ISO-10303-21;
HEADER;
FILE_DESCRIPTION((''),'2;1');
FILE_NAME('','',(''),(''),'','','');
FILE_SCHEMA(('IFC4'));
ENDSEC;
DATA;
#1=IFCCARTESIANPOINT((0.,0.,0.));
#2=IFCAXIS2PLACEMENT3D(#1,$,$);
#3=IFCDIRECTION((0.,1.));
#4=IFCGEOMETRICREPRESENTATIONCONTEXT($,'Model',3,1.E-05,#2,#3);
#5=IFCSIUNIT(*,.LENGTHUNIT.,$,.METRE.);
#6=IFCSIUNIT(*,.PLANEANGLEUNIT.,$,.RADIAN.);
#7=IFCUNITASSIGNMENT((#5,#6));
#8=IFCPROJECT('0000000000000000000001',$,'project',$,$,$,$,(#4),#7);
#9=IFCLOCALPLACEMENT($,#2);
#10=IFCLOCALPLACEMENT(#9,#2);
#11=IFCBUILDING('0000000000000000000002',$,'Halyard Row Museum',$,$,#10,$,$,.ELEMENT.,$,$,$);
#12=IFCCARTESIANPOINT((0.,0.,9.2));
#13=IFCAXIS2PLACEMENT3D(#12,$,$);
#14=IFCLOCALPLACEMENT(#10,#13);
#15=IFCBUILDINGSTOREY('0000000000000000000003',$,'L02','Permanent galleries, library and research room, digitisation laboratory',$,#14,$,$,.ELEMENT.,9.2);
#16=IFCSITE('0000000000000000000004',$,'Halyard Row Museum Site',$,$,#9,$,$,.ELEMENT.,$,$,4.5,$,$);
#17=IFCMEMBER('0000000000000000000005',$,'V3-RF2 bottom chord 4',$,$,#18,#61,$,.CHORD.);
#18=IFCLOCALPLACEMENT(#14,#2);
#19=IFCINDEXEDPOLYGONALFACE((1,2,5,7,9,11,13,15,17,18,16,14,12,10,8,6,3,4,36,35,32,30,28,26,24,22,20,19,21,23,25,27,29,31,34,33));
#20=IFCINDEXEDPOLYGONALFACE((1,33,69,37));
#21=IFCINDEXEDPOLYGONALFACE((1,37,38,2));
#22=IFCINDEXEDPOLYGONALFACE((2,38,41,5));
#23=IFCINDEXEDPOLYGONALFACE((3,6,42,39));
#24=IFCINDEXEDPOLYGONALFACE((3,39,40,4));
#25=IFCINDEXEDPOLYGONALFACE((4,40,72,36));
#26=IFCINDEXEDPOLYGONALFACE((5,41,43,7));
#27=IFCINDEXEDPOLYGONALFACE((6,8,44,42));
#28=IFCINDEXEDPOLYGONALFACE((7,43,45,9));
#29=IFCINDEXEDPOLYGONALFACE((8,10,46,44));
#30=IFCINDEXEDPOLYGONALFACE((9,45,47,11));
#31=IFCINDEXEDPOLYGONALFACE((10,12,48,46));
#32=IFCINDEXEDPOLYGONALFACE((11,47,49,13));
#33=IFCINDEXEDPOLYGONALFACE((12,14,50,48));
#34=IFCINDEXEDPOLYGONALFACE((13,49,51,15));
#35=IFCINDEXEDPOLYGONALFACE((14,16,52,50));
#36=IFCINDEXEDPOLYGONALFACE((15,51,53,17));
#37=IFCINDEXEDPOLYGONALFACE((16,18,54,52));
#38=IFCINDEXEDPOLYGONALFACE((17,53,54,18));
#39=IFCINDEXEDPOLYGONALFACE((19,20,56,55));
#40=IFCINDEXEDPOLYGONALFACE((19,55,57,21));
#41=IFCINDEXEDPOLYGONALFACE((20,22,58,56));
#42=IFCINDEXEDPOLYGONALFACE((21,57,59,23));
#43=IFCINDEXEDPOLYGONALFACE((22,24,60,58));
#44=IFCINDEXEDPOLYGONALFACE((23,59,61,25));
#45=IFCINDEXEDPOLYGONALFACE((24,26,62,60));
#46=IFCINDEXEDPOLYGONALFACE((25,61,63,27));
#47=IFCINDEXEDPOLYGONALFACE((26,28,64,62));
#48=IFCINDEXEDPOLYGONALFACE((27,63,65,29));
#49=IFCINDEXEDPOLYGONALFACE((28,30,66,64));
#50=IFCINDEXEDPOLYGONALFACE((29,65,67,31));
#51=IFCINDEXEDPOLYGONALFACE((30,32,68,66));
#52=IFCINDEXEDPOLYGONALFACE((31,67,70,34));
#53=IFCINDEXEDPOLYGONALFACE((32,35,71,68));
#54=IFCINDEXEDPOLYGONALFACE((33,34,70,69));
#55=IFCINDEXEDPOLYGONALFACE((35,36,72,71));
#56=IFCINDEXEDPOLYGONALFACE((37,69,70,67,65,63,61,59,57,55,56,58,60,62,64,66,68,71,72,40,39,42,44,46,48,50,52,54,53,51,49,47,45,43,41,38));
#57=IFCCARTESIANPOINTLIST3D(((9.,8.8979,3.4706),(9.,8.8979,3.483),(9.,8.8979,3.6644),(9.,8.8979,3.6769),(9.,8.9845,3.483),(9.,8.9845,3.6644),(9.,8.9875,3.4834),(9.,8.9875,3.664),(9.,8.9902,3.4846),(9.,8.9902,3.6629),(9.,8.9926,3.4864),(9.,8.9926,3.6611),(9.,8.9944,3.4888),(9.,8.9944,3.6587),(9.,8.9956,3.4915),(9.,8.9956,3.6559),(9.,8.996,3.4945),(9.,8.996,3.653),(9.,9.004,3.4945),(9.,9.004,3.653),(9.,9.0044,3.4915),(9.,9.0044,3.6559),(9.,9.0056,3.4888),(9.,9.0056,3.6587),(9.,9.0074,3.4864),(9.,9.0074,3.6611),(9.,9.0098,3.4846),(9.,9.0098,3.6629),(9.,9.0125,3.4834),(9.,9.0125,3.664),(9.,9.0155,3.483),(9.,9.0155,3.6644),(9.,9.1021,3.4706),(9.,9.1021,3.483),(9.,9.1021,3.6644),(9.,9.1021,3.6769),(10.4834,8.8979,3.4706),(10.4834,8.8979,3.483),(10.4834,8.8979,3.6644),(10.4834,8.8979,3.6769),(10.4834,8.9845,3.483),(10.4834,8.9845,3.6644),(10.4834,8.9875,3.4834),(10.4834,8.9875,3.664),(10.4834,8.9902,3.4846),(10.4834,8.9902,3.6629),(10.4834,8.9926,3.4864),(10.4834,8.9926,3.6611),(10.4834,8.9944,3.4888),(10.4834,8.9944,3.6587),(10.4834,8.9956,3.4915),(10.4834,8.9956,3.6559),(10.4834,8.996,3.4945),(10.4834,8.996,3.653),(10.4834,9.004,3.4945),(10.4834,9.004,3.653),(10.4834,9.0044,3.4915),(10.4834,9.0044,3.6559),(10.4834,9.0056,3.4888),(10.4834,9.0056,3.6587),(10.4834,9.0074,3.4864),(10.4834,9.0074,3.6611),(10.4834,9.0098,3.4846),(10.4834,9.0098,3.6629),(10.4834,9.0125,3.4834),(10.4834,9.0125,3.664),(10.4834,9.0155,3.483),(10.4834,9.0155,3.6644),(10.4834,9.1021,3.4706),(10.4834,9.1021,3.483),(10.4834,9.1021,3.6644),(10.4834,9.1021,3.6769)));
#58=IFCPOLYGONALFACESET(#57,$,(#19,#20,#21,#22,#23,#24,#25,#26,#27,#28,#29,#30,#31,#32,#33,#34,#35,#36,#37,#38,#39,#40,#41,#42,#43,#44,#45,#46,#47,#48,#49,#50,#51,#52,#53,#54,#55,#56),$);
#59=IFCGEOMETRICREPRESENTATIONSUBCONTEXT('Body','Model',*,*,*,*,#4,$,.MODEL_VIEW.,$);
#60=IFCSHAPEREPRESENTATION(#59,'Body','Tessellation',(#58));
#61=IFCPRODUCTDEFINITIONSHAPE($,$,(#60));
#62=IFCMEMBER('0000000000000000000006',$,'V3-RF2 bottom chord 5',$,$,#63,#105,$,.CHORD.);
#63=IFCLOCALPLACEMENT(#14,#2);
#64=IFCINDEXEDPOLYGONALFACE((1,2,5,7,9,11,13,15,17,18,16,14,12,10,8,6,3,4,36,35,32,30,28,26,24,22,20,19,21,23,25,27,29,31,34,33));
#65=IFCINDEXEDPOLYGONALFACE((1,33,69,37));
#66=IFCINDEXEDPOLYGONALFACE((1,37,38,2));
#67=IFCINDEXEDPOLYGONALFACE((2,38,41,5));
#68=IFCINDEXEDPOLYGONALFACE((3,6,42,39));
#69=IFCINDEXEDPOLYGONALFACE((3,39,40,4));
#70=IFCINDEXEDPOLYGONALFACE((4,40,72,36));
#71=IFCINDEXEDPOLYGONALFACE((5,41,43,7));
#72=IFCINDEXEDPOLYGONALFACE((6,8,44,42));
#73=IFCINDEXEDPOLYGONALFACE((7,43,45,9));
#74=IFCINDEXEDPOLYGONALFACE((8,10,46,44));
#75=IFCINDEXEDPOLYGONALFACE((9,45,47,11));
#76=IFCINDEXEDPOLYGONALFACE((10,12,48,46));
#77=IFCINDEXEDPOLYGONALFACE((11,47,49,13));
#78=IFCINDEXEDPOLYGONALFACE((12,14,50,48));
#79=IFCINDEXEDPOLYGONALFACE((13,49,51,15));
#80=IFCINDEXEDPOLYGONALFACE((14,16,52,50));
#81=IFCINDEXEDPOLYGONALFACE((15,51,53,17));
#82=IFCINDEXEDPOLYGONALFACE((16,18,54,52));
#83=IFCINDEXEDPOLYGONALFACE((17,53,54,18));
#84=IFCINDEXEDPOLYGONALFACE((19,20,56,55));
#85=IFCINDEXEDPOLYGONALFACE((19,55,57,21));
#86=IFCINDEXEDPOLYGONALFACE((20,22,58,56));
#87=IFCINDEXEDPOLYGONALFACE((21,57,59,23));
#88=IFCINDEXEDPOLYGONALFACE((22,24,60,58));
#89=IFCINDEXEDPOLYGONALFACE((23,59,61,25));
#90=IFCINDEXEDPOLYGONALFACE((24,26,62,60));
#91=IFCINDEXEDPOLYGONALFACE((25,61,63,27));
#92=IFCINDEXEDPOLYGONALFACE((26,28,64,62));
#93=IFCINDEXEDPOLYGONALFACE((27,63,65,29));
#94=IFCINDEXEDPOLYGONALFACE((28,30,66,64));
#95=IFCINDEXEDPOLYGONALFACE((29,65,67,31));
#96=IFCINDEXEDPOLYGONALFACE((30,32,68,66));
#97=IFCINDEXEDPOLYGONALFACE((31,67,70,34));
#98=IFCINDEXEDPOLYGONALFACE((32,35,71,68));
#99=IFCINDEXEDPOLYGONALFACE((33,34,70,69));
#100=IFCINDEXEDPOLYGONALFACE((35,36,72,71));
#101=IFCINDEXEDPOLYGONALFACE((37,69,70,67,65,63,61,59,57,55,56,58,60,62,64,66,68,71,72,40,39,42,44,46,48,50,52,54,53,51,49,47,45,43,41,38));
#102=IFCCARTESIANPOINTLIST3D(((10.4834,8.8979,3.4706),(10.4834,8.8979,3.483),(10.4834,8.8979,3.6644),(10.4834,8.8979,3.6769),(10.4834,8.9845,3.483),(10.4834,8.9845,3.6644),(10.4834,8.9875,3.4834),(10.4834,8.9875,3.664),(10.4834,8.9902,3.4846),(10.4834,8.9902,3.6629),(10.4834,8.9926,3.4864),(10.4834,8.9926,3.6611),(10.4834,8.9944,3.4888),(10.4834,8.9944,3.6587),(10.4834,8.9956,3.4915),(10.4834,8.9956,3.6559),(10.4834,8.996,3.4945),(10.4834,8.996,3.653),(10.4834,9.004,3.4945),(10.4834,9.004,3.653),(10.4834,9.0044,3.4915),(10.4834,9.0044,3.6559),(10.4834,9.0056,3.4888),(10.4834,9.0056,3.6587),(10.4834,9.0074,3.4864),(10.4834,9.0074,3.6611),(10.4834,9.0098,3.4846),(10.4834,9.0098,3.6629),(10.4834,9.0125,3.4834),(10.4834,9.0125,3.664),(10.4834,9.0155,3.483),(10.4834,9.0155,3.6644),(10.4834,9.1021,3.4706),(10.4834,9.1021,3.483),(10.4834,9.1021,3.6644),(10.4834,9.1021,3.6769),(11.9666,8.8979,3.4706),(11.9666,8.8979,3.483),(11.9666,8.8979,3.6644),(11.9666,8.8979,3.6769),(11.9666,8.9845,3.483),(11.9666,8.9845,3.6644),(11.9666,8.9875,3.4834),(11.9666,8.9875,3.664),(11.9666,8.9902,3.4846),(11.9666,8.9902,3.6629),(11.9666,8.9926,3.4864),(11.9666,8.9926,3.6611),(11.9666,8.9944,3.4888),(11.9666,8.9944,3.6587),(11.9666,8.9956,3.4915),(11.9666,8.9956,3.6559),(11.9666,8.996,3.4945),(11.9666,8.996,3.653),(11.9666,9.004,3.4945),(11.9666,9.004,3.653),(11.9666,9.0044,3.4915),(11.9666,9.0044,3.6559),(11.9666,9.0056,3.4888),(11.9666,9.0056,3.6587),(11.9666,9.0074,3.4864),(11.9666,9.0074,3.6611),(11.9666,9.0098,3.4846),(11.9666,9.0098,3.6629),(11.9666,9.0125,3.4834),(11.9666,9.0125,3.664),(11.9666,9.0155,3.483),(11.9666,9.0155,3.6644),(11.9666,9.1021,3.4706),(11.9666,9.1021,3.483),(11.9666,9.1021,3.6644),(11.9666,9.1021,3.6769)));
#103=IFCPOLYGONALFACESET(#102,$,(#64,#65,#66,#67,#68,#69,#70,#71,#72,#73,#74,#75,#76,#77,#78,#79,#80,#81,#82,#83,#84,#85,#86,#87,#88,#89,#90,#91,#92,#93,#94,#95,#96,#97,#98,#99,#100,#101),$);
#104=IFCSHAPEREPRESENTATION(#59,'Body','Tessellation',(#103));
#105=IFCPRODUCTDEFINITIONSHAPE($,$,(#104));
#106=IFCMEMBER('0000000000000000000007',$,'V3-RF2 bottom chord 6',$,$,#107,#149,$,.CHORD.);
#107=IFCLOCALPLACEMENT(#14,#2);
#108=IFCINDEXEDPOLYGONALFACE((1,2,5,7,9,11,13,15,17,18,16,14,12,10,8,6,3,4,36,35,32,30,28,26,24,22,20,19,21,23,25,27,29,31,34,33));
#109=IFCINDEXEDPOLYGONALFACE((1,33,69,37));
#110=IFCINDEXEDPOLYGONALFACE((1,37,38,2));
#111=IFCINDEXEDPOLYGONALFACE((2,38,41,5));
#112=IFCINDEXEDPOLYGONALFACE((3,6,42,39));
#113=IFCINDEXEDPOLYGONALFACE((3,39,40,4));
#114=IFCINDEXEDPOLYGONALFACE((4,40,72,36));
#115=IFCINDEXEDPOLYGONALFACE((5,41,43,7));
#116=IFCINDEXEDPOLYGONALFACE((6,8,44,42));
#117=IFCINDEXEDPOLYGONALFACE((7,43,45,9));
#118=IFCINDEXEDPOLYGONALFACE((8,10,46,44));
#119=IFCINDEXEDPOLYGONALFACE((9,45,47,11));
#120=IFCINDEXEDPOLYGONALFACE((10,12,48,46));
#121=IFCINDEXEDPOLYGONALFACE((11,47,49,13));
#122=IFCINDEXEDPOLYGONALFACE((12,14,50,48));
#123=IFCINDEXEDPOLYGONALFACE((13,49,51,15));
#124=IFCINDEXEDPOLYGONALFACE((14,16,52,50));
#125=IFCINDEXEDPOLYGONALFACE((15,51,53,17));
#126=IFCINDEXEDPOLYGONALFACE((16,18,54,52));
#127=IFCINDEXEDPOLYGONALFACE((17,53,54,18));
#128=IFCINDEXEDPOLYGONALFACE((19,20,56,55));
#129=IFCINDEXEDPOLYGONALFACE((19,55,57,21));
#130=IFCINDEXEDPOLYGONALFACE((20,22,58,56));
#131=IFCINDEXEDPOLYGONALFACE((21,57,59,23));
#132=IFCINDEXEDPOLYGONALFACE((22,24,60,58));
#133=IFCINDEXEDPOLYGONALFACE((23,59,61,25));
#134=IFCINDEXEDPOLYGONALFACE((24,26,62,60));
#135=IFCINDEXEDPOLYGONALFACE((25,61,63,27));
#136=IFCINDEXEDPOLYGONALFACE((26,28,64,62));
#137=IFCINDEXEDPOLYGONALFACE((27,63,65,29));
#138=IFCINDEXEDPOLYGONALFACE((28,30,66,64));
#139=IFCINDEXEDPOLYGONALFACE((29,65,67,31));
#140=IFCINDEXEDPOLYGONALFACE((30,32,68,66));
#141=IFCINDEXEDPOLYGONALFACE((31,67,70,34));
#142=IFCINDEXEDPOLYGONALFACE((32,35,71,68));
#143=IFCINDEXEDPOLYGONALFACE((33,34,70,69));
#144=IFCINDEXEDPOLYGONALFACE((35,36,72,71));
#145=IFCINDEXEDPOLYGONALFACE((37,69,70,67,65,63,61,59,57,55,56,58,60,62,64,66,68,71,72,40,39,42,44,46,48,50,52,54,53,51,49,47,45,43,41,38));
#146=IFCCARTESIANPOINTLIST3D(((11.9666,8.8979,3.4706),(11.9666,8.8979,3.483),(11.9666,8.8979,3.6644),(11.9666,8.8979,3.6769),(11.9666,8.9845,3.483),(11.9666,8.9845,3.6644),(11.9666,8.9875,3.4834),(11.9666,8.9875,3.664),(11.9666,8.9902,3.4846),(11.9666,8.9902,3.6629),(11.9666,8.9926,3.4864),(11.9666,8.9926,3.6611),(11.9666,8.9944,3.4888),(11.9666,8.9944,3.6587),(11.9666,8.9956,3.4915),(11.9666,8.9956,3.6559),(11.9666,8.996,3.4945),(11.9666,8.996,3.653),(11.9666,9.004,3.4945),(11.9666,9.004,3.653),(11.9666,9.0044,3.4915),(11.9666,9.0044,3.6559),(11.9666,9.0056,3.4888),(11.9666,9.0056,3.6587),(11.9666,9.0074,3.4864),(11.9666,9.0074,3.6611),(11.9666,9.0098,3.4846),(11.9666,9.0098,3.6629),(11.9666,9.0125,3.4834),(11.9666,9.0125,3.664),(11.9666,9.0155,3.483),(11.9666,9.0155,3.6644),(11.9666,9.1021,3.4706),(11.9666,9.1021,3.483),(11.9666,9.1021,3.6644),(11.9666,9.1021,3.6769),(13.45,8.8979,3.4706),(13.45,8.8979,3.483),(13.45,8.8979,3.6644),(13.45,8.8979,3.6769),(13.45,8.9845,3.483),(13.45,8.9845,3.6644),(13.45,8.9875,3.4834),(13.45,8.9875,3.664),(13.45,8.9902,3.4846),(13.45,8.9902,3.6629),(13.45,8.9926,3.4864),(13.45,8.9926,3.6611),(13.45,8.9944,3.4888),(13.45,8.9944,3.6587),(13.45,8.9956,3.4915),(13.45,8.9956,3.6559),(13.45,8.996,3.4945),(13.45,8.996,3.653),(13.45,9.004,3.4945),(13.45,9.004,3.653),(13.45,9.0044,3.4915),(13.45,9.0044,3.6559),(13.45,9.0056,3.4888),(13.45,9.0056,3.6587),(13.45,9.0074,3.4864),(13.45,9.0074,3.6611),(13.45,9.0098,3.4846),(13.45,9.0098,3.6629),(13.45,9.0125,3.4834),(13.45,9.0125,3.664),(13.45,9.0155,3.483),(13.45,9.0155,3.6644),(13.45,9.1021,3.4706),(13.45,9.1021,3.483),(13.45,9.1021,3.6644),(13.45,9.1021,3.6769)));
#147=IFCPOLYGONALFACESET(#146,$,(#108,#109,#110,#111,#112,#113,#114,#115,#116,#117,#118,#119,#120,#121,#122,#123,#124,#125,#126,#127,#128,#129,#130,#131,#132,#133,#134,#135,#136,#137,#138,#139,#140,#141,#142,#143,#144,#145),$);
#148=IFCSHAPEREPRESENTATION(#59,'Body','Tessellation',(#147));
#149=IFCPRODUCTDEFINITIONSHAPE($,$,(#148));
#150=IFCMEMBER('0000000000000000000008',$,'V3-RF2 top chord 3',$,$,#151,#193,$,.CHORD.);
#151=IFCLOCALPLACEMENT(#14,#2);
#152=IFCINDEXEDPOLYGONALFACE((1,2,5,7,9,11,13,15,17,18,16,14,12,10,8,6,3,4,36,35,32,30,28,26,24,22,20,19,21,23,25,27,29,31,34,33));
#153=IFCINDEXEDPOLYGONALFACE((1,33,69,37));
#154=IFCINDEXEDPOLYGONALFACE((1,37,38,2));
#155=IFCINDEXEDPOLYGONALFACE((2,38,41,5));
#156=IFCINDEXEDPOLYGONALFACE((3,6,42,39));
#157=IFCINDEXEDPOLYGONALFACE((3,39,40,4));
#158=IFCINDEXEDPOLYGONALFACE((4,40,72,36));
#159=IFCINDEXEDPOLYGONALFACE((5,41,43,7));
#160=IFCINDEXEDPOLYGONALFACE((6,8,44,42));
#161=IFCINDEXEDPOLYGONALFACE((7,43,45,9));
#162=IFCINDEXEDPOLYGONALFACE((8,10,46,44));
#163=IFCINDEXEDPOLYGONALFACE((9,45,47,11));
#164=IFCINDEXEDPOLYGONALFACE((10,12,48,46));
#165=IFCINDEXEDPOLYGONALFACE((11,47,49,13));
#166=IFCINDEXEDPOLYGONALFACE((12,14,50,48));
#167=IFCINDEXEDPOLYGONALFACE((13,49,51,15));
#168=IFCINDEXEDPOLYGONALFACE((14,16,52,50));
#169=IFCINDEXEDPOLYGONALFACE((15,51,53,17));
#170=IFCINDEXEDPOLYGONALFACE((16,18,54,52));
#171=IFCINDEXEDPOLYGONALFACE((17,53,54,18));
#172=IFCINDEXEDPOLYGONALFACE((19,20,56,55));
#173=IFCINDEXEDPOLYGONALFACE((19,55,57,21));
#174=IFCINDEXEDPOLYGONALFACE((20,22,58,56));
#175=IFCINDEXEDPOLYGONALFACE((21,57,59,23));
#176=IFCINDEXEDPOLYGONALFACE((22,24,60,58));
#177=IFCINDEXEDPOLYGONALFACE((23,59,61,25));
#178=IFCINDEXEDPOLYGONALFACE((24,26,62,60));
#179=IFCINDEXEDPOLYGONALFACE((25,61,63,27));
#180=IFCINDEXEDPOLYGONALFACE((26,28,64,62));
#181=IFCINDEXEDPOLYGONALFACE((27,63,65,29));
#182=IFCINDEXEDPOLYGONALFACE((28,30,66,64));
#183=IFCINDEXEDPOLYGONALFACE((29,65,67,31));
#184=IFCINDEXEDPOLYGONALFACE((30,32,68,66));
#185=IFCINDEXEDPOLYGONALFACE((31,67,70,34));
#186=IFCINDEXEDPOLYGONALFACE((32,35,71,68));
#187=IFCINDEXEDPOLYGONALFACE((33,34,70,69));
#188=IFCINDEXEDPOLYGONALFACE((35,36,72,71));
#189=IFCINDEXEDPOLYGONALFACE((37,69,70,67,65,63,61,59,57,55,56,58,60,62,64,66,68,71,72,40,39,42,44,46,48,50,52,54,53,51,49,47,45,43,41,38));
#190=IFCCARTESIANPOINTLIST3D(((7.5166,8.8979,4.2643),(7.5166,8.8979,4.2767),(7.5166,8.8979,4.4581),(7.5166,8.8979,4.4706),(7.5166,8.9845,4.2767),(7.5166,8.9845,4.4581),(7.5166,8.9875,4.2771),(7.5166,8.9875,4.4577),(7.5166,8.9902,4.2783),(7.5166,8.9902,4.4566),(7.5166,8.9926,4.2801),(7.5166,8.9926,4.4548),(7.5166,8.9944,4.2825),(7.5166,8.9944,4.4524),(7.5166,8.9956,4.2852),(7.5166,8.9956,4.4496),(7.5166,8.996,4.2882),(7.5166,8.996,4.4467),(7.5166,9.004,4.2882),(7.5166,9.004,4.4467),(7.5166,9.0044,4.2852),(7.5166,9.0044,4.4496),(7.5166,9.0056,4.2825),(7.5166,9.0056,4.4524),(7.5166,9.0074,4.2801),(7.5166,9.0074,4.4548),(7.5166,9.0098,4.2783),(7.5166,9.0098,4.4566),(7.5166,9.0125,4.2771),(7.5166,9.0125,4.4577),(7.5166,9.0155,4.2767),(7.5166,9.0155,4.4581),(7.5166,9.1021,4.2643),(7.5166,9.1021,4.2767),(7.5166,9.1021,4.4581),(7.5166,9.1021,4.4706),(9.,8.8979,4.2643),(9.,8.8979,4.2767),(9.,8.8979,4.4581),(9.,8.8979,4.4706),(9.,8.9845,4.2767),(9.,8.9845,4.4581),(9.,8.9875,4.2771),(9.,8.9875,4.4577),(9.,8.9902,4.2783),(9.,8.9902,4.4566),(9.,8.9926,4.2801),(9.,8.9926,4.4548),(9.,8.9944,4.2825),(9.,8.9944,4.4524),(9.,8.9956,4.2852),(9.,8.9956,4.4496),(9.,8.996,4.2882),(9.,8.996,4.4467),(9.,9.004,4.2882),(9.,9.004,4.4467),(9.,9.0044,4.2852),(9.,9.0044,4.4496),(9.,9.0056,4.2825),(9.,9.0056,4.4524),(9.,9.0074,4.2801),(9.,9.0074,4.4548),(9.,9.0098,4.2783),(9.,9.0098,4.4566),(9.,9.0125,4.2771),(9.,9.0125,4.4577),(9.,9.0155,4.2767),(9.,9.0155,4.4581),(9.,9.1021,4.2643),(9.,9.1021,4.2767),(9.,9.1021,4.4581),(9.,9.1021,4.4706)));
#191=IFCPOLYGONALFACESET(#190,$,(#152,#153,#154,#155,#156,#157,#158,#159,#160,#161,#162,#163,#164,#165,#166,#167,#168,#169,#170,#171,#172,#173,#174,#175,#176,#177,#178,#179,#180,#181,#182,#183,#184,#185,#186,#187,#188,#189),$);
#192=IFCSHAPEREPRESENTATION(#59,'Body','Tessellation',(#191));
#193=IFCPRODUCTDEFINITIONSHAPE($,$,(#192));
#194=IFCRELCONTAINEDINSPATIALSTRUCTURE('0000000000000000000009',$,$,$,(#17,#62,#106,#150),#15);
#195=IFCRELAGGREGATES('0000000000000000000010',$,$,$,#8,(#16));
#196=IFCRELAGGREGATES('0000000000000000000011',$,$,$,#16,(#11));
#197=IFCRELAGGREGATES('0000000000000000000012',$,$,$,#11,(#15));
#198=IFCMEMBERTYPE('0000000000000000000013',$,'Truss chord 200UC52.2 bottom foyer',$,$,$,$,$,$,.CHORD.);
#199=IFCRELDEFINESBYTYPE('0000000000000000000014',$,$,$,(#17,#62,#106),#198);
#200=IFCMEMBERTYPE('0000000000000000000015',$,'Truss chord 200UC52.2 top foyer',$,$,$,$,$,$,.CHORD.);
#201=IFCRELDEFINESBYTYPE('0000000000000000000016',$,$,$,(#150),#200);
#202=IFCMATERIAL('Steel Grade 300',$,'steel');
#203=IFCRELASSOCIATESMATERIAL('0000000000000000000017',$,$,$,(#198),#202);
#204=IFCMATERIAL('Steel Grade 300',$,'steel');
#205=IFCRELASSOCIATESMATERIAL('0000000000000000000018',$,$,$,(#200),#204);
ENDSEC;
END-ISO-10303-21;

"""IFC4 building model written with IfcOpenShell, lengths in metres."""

from ifc_helpers import new_model, si_unit, direction, frame, origin, origin_2d, place, context, subcontext, project, spatial, i_section, extrude, material, material_profile, profile_set, type_object, element, save


model = new_model("IFC4")

# Units and contexts
model_context = context("Model", 3, precision=1e-05, world=origin(), true_north=direction((0.0, 1.0)))
body_context = subcontext(model_context, "Body", "Model", "MODEL_VIEW")
ifc_project = project(units=[si_unit("LENGTHUNIT", "METRE"), si_unit("PLANEANGLEUNIT", "RADIAN")], contexts=[model_context])

# Site, building, storey
site_placement = place(None, origin())
site = spatial("IfcSite", under=ifc_project, at=site_placement, Name="Halyard Row Museum Site", CompositionType="ELEMENT", RefElevation=4.5)
building_placement = place(site_placement, origin())
building = spatial("IfcBuilding", under=site, at=building_placement, Name="Halyard Row Museum", CompositionType="ELEMENT")
storey_placement = place(building_placement, frame((0.0, 0.0, 9.2)))
storey = spatial("IfcBuildingStorey", under=building, at=storey_placement, Name="L02", Description="Permanent galleries, library and research room, digitisation laboratory", CompositionType="ELEMENT", Elevation=9.2)

# Members
ifc_material_1 = material(Name="Steel Grade 300", Category="steel")
ifc_material_profile_1 = material_profile(ifc_material_1, i_section(OverallWidth=0.2041, OverallDepth=0.2063, WebThickness=0.0081, FlangeThickness=0.0125, FilletRadius=0.0115, at=origin_2d()), Name="200UC52.2")
ifc_profile_set_1 = profile_set([ifc_material_profile_1], Name="Steel Grade 300")
member_type_1 = type_object("IfcMemberType", Name="Truss chord 200UC52.2 bottom foyer", PredefinedType="CHORD", material=ifc_profile_set_1)
for number, where, z_axis, x_axis, name in (
    (1, (9.0, 9.0, 3.5737), (1.0, 0.0, 0.0), (0.0, 1.0, 0.0), "V3-RF2 bottom chord 4"),
):
    element("IfcMember", number, at=place(storey_placement, frame(where, z_axis=z_axis, x_axis=x_axis)), inside=storey, type_object=member_type_1, Name=name, PredefinedType="CHORD", context=body_context, shape_type="SweptSolid", body=[
        extrude(i_section(OverallWidth=0.2041, OverallDepth=0.2063, WebThickness=0.0081, FlangeThickness=0.0125, FilletRadius=0.0115, at=origin_2d()), origin(), (0.0, 0.0, 1.0), 1.4834),
    ])
member_1_placement = place(storey_placement, frame((10.4834, 9.0, 3.5737), z_axis=(1.0, 0.0, 0.0), x_axis=(0.0, 1.0, 0.0)))
element("IfcMember", 2, at=member_1_placement, inside=storey, type_object=member_type_1, Name="V3-RF2 bottom chord 5", PredefinedType="CHORD", context=body_context, shape_type="SweptSolid", body=[
    extrude(i_section(OverallWidth=0.2041, OverallDepth=0.2063, WebThickness=0.0081, FlangeThickness=0.0125, FilletRadius=0.0115, at=origin_2d()), origin(), (0.0, 0.0, 1.0), 1.4832),
])
member_2_placement = place(storey_placement, frame((11.9666, 9.0, 3.5737), z_axis=(1.0, 0.0, 0.0), x_axis=(0.0, 1.0, 0.0)))
element("IfcMember", 3, at=member_2_placement, inside=storey, type_object=member_type_1, Name="V3-RF2 bottom chord 6", PredefinedType="CHORD", context=body_context, shape_type="SweptSolid", body=[
    extrude(i_section(OverallWidth=0.2041, OverallDepth=0.2063, WebThickness=0.0081, FlangeThickness=0.0125, FilletRadius=0.0115, at=origin_2d()), origin(), (0.0, 0.0, 1.0), 1.4834),
])
ifc_material_2 = material(Name="Steel Grade 300", Category="steel")
ifc_material_profile_2 = material_profile(ifc_material_2, i_section(OverallWidth=0.2041, OverallDepth=0.2063, WebThickness=0.0081, FlangeThickness=0.0125, FilletRadius=0.0115, at=origin_2d()), Name="200UC52.2")
ifc_profile_set_2 = profile_set([ifc_material_profile_2], Name="Steel Grade 300")
member_type_2 = type_object("IfcMemberType", Name="Truss chord 200UC52.2 top foyer", PredefinedType="CHORD", material=ifc_profile_set_2)
for number, where, z_axis, x_axis, name in (
    (4, (7.5166, 9.0, 4.3674), (1.0, 0.0, 0.0), (0.0, 1.0, 0.0), "V3-RF2 top chord 3"),
):
    element("IfcMember", number, at=place(storey_placement, frame(where, z_axis=z_axis, x_axis=x_axis)), inside=storey, type_object=member_type_2, Name=name, PredefinedType="CHORD", context=body_context, shape_type="SweptSolid", body=[
        extrude(i_section(OverallWidth=0.2041, OverallDepth=0.2063, WebThickness=0.0081, FlangeThickness=0.0125, FilletRadius=0.0115, at=origin_2d()), origin(), (0.0, 0.0, 1.0), 1.4834),
    ])

save(model, "model.ifc")
